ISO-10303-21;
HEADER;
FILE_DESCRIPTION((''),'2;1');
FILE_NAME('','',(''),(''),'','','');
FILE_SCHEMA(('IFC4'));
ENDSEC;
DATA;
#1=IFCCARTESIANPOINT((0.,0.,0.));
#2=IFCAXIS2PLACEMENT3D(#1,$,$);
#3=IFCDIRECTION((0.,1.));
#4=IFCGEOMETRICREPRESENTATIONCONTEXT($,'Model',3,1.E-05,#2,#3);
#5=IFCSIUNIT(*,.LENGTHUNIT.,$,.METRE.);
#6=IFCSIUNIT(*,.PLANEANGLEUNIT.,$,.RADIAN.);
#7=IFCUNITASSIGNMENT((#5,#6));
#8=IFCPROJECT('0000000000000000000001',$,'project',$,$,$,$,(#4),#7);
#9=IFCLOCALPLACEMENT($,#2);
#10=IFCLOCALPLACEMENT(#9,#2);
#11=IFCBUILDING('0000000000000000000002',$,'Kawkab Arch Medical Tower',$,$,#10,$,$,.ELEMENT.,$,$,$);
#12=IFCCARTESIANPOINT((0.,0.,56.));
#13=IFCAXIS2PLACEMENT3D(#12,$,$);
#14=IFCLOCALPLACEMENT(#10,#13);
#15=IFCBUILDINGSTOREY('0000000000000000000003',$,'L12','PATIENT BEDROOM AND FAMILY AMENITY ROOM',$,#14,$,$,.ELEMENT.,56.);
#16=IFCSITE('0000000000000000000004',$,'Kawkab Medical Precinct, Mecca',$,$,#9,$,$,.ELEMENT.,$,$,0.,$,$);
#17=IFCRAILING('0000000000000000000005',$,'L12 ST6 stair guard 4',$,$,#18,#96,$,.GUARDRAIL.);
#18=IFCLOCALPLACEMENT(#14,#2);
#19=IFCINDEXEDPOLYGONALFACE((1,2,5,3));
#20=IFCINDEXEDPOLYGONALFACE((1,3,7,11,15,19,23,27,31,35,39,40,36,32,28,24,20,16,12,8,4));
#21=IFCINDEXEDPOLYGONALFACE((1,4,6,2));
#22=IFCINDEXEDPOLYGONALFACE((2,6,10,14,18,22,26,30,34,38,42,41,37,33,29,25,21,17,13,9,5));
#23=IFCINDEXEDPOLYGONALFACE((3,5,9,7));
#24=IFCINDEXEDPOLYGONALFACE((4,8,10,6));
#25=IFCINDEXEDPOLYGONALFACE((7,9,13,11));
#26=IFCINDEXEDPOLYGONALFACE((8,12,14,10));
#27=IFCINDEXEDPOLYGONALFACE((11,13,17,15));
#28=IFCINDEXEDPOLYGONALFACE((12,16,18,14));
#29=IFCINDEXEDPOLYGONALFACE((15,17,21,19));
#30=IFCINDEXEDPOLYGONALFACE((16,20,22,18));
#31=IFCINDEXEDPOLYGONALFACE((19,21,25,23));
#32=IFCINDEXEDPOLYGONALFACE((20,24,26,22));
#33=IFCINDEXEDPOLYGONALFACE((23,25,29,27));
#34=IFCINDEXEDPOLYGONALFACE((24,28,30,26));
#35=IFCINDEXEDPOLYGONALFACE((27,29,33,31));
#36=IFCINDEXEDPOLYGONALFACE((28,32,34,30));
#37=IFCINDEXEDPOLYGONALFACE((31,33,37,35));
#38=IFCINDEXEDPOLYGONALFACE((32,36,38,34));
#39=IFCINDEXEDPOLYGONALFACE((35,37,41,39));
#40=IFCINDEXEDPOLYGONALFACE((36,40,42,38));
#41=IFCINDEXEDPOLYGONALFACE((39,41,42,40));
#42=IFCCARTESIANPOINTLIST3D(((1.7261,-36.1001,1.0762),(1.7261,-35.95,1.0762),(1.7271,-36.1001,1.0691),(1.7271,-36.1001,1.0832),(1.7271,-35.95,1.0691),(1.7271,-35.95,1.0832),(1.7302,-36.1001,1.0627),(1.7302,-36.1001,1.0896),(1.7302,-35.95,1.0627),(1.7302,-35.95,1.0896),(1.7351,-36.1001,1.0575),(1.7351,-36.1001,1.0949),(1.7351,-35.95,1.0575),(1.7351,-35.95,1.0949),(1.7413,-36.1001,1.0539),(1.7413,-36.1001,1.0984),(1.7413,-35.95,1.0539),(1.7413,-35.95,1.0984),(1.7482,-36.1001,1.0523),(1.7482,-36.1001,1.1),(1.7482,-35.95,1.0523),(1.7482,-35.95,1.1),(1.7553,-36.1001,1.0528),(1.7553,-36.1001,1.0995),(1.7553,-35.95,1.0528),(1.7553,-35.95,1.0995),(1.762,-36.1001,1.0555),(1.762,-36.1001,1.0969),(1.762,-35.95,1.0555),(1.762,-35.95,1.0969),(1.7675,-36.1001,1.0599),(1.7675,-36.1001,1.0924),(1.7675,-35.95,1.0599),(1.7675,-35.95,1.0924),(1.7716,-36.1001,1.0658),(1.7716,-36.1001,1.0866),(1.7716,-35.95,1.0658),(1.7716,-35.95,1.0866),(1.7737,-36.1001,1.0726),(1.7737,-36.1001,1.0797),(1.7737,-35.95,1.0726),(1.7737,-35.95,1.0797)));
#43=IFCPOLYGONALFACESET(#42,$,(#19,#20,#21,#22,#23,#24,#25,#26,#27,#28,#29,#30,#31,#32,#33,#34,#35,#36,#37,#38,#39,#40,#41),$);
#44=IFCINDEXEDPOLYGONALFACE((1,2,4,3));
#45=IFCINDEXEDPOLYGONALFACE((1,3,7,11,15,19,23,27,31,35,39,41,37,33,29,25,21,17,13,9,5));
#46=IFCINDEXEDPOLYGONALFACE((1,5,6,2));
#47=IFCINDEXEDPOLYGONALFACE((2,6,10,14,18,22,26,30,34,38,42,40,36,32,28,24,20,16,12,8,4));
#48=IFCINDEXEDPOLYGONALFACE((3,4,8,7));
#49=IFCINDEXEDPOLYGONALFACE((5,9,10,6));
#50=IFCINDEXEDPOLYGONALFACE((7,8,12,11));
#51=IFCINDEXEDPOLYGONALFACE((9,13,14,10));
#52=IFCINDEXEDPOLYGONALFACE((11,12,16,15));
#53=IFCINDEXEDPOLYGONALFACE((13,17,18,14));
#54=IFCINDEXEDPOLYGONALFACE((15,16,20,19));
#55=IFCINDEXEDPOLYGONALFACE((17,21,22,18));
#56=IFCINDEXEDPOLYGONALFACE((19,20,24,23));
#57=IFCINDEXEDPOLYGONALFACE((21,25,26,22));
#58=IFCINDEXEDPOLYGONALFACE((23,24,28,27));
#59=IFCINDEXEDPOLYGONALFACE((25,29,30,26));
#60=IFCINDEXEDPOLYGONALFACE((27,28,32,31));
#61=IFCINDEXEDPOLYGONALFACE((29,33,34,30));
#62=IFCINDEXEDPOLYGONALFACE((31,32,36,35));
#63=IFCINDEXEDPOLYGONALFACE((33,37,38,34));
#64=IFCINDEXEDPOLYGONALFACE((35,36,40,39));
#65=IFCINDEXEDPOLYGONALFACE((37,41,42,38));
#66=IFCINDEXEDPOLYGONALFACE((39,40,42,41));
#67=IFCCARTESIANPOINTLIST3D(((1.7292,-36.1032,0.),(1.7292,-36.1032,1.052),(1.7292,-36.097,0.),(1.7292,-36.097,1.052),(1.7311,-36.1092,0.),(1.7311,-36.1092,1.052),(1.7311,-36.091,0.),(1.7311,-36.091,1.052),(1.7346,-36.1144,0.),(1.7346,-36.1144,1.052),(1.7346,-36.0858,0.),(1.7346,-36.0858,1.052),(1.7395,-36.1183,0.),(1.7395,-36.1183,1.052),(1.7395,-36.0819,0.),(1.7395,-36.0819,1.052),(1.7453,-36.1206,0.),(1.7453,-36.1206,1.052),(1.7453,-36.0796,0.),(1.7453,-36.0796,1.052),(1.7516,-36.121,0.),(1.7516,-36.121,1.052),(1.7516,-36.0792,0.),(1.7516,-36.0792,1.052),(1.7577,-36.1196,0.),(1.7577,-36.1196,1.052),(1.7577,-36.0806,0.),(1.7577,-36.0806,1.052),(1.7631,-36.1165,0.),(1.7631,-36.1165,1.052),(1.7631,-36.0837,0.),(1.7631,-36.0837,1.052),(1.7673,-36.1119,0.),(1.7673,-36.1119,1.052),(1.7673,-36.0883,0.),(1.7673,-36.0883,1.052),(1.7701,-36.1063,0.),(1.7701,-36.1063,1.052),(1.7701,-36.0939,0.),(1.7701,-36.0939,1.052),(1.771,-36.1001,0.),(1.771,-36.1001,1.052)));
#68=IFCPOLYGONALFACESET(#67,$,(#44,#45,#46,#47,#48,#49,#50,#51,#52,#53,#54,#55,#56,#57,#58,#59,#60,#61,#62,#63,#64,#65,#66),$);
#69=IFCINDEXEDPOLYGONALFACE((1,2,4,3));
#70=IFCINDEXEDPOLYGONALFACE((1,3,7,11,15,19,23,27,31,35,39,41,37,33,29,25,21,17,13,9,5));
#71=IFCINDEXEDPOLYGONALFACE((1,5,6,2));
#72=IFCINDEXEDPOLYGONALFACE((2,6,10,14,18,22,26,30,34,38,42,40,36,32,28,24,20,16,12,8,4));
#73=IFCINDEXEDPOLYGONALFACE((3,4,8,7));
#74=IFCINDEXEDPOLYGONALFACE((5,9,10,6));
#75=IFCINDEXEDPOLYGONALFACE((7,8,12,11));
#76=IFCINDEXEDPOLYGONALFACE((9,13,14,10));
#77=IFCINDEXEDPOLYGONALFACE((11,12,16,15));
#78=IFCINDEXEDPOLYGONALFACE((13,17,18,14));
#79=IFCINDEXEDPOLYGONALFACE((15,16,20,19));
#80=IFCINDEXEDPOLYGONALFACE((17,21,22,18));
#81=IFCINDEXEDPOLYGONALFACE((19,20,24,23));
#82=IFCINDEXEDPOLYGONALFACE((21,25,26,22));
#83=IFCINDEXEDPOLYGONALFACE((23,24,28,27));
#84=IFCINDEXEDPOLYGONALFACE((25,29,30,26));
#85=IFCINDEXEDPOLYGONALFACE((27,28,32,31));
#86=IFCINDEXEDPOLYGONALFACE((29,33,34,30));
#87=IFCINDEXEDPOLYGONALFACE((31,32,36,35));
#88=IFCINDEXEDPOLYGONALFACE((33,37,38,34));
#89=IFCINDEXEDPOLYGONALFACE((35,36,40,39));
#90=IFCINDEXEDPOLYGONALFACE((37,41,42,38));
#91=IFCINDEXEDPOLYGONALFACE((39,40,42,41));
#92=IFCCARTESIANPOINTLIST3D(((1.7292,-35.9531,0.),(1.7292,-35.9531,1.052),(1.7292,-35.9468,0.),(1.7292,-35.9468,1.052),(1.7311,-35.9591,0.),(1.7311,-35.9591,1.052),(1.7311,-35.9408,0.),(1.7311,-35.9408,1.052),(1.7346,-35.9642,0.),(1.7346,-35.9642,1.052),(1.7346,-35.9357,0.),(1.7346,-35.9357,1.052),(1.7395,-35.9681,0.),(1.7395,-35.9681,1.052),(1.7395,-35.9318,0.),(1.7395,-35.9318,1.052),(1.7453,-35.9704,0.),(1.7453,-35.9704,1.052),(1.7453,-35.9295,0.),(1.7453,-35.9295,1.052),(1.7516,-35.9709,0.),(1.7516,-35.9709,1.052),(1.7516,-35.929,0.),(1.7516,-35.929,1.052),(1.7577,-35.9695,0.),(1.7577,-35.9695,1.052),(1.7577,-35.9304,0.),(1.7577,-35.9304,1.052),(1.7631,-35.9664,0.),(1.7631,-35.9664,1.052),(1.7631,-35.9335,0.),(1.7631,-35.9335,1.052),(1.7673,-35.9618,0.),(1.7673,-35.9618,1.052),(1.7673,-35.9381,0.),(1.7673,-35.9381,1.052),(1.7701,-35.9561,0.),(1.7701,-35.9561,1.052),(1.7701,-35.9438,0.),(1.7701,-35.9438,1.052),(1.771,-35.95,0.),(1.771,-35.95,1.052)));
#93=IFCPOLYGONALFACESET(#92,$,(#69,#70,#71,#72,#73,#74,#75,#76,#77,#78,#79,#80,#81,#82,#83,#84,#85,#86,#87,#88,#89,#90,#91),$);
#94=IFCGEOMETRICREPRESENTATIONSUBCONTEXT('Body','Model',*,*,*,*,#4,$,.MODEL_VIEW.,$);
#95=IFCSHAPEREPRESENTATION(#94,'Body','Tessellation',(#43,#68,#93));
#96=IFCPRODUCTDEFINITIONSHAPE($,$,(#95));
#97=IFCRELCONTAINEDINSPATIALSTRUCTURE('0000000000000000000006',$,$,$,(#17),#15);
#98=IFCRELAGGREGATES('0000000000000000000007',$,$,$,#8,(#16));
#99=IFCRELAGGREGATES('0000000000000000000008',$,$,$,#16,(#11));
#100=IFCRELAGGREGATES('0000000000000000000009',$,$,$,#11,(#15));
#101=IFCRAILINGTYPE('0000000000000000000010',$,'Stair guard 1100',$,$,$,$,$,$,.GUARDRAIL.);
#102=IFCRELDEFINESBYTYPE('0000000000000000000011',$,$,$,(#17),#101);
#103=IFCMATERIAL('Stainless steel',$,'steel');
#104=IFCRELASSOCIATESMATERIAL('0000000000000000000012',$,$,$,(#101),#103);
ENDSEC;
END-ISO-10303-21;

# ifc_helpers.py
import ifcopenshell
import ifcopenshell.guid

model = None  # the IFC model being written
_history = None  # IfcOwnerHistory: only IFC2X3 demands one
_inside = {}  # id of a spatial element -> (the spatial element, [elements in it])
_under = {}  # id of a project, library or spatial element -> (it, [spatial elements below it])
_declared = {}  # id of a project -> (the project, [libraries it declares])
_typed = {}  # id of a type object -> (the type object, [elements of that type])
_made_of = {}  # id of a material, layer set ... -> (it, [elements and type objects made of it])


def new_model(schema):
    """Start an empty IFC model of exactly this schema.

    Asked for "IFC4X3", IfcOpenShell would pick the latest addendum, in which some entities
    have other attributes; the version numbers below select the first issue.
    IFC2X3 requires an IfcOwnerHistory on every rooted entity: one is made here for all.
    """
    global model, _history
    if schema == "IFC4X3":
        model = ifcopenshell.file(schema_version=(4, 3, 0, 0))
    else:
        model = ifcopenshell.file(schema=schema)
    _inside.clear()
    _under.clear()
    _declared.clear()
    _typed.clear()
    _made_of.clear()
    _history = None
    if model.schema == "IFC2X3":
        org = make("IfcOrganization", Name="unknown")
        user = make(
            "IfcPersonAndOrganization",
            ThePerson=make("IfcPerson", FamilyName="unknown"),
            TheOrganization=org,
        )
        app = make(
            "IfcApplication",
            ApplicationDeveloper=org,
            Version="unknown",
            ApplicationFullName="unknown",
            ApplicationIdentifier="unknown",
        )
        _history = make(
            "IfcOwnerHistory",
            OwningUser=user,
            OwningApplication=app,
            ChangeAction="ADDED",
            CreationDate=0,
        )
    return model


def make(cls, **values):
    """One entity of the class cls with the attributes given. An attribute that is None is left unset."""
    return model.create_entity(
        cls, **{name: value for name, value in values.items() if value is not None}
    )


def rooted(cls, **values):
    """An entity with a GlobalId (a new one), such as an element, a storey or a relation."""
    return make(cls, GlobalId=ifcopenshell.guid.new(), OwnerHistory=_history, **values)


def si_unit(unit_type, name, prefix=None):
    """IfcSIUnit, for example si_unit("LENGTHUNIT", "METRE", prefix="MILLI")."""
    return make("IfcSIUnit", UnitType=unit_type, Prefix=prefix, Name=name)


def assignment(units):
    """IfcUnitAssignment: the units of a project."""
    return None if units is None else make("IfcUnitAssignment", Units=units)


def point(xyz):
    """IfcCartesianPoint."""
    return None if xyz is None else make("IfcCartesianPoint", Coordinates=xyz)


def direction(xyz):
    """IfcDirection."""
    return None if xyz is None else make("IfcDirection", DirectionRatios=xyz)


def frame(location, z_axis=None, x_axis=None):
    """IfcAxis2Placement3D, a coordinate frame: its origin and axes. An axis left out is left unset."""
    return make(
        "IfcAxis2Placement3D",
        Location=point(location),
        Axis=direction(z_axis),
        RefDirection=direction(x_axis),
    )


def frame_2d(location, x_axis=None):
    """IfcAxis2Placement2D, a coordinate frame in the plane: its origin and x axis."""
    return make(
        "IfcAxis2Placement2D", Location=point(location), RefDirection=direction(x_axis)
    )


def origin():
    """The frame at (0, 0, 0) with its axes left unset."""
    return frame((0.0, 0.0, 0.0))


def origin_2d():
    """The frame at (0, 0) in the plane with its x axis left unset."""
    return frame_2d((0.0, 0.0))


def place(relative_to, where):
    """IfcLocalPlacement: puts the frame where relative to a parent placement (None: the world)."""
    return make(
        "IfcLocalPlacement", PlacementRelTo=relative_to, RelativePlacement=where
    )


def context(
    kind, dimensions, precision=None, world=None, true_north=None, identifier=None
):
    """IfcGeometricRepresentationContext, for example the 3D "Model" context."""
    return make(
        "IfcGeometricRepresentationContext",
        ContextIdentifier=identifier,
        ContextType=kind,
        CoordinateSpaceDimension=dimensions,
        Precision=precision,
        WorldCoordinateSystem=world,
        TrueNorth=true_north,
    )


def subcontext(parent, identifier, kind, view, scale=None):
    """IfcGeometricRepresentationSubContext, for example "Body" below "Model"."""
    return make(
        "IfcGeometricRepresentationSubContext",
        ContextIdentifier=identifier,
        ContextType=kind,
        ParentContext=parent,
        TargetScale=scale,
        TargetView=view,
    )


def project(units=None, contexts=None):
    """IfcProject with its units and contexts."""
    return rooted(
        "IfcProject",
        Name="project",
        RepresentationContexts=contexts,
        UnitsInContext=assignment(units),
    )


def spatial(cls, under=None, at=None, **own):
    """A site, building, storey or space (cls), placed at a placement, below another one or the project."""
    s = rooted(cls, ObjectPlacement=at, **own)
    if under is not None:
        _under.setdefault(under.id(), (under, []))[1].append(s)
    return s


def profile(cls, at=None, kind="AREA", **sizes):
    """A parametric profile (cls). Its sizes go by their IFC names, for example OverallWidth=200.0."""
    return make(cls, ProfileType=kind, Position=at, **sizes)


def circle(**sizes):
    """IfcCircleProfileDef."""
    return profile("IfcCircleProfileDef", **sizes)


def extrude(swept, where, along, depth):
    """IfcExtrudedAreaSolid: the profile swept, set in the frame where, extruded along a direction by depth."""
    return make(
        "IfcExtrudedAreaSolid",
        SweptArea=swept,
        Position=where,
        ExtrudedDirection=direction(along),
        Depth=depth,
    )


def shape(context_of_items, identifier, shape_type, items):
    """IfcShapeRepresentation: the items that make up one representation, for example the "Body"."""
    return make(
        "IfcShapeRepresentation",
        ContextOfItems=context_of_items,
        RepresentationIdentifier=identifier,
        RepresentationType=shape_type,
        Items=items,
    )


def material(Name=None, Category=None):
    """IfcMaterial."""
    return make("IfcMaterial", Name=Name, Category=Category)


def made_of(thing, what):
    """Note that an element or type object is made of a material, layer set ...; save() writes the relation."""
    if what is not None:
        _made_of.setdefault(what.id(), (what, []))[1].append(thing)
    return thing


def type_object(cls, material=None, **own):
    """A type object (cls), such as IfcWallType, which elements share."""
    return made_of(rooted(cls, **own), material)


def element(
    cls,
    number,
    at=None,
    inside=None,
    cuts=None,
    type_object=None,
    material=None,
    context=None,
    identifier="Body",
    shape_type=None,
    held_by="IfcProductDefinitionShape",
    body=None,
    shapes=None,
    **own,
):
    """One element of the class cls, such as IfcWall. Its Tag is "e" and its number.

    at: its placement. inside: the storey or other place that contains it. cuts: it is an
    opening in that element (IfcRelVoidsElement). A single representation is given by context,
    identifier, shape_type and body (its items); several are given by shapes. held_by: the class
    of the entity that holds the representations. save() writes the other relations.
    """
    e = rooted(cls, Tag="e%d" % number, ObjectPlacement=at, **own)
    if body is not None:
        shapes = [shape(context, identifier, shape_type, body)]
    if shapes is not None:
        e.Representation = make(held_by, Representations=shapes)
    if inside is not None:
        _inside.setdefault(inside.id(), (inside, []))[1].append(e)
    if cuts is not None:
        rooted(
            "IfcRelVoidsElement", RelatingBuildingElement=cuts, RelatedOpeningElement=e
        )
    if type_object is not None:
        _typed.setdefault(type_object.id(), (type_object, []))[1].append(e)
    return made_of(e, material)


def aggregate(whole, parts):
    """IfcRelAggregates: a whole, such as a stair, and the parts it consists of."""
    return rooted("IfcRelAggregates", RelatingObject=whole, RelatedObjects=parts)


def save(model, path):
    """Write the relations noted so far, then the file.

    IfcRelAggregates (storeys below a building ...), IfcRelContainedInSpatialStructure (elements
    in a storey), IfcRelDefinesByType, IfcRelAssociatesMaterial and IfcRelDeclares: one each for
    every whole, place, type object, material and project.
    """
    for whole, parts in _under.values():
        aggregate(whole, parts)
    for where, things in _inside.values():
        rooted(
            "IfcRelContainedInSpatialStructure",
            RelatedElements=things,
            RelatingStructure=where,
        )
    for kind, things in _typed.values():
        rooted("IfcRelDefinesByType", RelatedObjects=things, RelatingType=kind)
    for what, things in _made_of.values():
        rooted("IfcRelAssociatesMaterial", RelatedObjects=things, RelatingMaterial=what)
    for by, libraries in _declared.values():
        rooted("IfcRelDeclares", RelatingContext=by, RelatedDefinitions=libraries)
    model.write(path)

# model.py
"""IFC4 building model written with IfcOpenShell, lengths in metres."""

from ifc_helpers import new_model, si_unit, direction, frame, origin, origin_2d, place, context, subcontext, project, spatial, circle, extrude, material, type_object, element, save


model = new_model("IFC4")

# Units and contexts
model_context = context("Model", 3, precision=1e-05, world=origin(), true_north=direction((0.0, 1.0)))
body_context = subcontext(model_context, "Body", "Model", "MODEL_VIEW")
ifc_project = project(units=[si_unit("LENGTHUNIT", "METRE"), si_unit("PLANEANGLEUNIT", "RADIAN")], contexts=[model_context])

# Site, building, storey
site_placement = place(None, origin())
site = spatial("IfcSite", under=ifc_project, at=site_placement, Name="Kawkab Medical Precinct, Mecca", CompositionType="ELEMENT", RefElevation=0.0)
building_placement = place(site_placement, origin())
building = spatial("IfcBuilding", under=site, at=building_placement, Name="Kawkab Arch Medical Tower", CompositionType="ELEMENT")
storey_placement = place(building_placement, frame((0.0, 0.0, 56.0)))
storey = spatial("IfcBuildingStorey", under=building, at=storey_placement, Name="L12", Description="PATIENT BEDROOM AND FAMILY AMENITY ROOM", CompositionType="ELEMENT", Elevation=56.0)

# Railing
ifc_material_1 = material(Name="Stainless steel", Category="steel")
railing_type = type_object("IfcRailingType", Name="Stair guard 1100", PredefinedType="GUARDRAIL", material=ifc_material_1)
railing_1_placement = place(storey_placement, frame((1.75, -36.1001, 0.0)))
element("IfcRailing", 1, at=railing_1_placement, inside=storey, type_object=railing_type, Name="L12 ST6 stair guard 4", PredefinedType="GUARDRAIL", context=body_context, shape_type="SweptSolid", body=[
    extrude(circle(Radius=0.0239, at=origin_2d()), frame((0.0, 0.0, 1.0762), z_axis=(0.0, 1.0, 0.0), x_axis=(-1.0, 0.0, 0.0)), (0.0, 0.0, 1.0), 0.1501),
    extrude(circle(Radius=0.021, at=origin_2d()), origin(), (0.0, 0.0, 1.0), 1.052),
    extrude(circle(Radius=0.021, at=origin_2d()), frame((0.0, 0.1501, 0.0)), (0.0, 0.0, 1.0), 1.052),
])

save(model, "model.ifc")
